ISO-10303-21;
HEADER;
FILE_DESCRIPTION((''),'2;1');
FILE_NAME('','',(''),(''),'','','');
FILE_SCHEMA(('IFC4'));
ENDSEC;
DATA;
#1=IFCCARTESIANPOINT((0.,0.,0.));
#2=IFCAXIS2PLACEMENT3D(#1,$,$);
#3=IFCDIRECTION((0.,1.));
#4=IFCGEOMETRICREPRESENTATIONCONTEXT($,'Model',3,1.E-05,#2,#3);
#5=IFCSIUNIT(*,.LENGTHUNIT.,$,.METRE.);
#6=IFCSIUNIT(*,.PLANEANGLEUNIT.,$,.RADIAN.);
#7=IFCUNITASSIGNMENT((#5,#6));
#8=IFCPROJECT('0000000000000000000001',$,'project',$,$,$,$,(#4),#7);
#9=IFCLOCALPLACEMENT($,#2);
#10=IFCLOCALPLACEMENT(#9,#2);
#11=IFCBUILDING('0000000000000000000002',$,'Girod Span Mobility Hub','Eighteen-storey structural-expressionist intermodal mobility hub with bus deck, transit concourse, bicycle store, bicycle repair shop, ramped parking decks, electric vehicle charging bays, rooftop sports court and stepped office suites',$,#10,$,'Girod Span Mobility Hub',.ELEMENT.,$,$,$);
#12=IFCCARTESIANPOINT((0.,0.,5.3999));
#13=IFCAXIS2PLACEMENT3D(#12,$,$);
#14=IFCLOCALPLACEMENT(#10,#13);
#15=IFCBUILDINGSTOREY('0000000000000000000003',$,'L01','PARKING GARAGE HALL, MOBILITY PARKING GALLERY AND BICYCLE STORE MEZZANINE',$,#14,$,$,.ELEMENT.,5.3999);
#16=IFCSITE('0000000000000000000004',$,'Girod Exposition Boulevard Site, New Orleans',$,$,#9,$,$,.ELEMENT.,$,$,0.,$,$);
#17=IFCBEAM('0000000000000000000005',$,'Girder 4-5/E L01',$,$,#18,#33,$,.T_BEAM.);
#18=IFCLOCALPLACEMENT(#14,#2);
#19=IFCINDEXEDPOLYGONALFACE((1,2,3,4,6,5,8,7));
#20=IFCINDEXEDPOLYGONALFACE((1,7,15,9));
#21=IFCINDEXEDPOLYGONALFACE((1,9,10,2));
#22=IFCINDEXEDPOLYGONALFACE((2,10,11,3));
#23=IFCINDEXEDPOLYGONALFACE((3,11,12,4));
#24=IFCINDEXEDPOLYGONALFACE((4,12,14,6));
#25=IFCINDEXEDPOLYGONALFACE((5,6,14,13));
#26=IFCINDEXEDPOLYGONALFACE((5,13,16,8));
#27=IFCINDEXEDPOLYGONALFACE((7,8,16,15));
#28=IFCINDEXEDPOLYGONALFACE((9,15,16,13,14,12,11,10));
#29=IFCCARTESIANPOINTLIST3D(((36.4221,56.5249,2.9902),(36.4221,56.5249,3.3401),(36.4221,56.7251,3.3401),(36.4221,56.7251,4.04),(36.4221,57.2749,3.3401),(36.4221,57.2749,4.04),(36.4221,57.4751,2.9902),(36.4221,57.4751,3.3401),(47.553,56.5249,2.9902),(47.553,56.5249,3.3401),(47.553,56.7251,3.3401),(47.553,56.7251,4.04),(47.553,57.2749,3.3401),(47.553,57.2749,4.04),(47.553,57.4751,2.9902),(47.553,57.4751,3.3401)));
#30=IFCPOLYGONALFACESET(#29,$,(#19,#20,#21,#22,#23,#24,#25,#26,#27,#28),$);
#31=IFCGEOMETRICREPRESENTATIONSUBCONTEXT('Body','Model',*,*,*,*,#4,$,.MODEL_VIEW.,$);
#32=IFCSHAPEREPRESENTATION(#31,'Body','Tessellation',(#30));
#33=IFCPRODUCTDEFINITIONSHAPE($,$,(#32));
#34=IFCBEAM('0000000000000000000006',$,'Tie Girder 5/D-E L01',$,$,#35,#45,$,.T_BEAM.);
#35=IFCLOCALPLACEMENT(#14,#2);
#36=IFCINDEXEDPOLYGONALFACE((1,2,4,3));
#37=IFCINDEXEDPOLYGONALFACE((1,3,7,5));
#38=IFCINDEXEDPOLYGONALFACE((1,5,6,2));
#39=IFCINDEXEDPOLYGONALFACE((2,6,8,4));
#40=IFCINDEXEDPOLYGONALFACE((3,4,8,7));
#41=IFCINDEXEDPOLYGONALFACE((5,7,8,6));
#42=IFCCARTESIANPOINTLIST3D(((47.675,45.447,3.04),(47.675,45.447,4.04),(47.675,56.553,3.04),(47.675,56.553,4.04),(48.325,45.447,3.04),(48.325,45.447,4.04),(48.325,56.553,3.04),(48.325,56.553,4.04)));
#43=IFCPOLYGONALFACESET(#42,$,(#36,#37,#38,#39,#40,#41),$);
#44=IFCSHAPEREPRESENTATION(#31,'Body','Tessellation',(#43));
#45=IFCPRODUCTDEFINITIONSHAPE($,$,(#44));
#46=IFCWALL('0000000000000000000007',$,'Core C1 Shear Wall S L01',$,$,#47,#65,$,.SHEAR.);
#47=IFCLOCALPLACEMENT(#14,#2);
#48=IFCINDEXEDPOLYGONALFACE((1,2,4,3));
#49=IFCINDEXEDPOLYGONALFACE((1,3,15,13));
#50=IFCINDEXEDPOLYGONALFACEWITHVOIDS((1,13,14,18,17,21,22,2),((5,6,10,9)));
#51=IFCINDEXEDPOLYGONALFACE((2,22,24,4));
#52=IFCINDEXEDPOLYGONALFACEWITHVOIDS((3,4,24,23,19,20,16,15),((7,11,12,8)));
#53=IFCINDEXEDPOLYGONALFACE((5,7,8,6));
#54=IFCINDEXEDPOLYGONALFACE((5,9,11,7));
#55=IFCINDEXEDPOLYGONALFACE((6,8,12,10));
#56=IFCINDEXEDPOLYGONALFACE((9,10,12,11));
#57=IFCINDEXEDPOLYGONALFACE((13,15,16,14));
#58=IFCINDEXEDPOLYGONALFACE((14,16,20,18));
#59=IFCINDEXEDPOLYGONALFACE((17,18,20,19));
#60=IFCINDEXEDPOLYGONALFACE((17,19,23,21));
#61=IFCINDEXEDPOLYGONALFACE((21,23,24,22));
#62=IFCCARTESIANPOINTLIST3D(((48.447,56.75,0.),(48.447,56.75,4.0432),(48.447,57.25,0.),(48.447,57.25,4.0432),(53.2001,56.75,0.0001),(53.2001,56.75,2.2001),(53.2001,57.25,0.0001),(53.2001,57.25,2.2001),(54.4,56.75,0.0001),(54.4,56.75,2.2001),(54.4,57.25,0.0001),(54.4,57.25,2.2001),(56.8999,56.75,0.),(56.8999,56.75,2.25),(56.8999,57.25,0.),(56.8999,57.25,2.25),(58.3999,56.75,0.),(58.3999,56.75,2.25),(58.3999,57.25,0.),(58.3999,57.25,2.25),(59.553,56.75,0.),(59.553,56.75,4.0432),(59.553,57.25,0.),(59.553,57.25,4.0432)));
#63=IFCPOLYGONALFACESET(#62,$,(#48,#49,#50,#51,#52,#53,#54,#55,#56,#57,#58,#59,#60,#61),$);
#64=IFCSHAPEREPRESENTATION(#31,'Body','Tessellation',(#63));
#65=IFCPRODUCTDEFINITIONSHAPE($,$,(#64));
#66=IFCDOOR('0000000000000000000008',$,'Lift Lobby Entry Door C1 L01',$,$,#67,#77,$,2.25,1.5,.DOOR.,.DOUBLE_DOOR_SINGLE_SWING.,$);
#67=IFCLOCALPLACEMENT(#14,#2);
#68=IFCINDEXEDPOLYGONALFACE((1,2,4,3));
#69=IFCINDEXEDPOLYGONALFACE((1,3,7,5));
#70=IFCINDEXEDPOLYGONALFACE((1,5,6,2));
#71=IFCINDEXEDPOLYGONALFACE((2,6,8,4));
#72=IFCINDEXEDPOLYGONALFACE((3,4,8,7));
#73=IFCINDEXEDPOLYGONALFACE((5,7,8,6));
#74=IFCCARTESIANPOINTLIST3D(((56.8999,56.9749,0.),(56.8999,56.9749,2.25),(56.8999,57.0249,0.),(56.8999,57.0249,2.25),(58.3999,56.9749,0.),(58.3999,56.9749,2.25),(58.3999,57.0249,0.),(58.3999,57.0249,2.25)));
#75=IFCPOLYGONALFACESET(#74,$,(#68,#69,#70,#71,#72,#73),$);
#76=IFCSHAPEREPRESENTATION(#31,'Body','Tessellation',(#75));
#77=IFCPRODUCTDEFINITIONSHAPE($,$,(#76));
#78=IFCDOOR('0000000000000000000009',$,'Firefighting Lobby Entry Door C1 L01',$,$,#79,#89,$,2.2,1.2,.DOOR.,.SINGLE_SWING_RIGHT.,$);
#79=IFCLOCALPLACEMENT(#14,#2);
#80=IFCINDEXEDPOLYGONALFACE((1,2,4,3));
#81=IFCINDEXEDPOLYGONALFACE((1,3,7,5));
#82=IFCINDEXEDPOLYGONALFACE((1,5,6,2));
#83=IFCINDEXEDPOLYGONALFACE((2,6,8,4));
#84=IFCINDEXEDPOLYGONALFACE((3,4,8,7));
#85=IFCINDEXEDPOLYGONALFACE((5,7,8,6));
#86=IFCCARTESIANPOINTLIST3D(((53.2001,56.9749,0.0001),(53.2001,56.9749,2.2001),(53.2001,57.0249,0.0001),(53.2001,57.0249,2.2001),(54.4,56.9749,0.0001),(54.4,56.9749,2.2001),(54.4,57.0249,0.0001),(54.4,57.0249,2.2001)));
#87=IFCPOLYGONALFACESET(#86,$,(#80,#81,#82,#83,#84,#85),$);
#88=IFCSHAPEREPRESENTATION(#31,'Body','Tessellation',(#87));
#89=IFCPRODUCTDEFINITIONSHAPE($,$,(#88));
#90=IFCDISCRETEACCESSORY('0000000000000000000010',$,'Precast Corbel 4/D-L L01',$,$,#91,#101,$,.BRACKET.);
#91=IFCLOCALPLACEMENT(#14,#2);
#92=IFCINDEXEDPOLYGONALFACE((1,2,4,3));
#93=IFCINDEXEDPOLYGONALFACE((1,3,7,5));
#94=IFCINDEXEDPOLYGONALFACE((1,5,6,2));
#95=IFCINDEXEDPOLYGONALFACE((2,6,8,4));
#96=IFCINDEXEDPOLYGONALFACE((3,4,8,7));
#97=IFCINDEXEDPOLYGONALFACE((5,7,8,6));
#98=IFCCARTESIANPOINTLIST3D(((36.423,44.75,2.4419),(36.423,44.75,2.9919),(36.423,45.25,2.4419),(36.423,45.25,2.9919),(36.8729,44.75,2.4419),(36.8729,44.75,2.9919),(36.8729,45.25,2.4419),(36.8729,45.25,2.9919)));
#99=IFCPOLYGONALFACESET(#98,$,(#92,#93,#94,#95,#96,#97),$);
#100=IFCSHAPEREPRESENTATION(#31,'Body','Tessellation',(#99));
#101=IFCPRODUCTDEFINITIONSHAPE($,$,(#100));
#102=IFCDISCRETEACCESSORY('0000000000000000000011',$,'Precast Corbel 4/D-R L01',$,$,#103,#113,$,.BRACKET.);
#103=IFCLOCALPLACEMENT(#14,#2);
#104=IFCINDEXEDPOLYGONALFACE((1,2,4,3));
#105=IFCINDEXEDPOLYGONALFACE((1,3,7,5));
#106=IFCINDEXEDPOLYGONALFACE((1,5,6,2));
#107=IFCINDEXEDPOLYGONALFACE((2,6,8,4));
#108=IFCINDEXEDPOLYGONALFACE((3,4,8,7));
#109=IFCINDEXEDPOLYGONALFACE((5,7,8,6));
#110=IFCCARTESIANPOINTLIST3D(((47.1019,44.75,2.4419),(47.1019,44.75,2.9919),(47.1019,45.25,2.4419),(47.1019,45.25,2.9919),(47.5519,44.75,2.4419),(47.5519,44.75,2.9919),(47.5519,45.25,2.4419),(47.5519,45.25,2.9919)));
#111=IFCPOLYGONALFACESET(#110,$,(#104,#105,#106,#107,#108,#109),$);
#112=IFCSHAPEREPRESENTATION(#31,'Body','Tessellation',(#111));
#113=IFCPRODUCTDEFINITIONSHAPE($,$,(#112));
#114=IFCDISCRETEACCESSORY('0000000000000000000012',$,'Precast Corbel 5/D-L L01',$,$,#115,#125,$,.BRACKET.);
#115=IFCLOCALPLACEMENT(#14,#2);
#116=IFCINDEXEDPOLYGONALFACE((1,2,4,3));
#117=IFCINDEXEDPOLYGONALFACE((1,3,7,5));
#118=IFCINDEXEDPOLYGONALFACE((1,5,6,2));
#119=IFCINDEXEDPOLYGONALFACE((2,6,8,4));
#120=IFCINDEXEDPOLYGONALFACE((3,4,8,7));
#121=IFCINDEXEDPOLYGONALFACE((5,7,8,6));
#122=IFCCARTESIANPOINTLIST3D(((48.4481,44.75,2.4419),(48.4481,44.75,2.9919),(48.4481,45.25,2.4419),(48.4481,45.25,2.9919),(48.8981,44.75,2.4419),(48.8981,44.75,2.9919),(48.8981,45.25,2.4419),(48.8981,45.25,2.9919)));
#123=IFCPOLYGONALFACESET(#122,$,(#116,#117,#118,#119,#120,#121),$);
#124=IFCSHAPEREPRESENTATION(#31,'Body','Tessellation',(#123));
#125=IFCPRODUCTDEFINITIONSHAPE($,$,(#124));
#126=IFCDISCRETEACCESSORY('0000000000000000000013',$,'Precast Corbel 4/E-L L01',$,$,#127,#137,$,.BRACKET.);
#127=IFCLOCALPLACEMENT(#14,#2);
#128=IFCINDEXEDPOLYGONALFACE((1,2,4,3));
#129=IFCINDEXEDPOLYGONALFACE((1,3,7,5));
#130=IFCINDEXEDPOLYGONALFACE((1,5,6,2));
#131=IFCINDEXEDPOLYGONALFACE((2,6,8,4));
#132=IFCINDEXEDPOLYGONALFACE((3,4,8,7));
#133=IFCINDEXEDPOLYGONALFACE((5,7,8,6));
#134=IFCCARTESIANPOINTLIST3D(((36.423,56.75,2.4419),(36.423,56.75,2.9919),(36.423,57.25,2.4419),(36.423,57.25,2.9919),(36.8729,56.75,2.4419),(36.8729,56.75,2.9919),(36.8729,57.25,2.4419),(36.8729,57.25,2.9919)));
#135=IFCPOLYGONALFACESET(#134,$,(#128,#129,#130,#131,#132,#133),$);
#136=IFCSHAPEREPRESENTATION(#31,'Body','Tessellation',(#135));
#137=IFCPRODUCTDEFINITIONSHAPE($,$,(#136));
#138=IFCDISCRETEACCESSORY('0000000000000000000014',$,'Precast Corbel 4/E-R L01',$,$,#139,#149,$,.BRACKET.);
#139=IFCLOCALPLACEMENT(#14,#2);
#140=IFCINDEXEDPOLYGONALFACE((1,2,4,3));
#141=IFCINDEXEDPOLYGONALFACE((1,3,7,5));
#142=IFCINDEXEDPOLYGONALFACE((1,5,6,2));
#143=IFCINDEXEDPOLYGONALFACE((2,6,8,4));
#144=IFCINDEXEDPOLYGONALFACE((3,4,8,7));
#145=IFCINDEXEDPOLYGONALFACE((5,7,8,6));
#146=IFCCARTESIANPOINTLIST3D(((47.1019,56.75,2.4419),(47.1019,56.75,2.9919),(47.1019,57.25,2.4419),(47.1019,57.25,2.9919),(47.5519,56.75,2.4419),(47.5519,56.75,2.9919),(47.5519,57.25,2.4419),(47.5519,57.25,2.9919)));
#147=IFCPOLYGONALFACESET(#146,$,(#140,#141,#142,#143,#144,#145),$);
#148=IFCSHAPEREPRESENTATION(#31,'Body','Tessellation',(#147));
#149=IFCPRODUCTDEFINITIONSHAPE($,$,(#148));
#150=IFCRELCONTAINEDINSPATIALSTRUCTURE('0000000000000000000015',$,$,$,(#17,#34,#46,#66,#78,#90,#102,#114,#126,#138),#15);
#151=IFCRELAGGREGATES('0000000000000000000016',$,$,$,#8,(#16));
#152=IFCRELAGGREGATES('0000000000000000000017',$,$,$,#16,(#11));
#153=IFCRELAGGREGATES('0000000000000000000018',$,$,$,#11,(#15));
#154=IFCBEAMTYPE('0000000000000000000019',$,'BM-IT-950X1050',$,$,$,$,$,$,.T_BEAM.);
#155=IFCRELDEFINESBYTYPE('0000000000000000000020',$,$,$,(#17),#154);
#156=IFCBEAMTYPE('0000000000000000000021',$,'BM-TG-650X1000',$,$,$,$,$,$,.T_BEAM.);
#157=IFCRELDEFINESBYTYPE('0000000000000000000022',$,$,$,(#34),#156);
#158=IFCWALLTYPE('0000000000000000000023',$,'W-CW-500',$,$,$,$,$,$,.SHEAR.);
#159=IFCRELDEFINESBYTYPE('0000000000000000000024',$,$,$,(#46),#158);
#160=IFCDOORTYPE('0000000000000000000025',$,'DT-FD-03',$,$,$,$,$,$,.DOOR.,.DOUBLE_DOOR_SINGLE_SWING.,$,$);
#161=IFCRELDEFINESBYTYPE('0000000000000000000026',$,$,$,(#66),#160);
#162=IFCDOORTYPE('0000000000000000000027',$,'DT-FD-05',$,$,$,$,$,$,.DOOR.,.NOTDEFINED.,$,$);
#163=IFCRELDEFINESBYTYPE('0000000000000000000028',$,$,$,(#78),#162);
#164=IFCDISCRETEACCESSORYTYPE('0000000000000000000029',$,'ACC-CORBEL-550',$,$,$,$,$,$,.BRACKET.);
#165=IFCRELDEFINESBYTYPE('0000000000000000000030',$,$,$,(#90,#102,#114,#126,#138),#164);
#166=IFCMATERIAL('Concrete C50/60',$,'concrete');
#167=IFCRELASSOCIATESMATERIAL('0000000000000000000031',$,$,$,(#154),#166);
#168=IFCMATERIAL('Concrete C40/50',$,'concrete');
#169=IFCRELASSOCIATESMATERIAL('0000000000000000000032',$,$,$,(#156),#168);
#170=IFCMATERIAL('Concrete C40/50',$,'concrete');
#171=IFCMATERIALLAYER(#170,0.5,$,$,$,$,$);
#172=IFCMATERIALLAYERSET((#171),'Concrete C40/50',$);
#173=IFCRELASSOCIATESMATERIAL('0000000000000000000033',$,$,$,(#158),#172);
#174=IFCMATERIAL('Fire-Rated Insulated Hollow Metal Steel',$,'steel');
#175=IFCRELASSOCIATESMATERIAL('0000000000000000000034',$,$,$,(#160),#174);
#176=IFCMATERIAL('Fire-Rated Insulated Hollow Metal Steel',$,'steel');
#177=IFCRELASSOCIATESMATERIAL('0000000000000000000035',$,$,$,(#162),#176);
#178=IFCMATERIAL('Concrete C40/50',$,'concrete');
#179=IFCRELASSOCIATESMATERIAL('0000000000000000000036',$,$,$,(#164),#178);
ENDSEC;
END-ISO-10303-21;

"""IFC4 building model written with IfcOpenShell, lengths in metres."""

from ifc_helpers import new_model, si_unit, direction, frame, frame_2d, origin, origin_2d, place, context, subcontext, project, spatial, polyline, rectangle, outline, extrude, material, layer, layer_set, material_profile, profile_set, type_object, element, fill, save


model = new_model("IFC4")

# Units and contexts
model_context = context("Model", 3, precision=1e-05, world=origin(), true_north=direction((0.0, 1.0)))
body_context = subcontext(model_context, "Body", "Model", "MODEL_VIEW")
ifc_project = project(units=[si_unit("LENGTHUNIT", "METRE"), si_unit("PLANEANGLEUNIT", "RADIAN")], contexts=[model_context])

# Site, building, storey
site_placement = place(None, origin())
site = spatial("IfcSite", under=ifc_project, at=site_placement, Name="Girod Exposition Boulevard Site, New Orleans", CompositionType="ELEMENT", RefElevation=0.0)
building_placement = place(site_placement, origin())
building = spatial("IfcBuilding", under=site, at=building_placement, Name="Girod Span Mobility Hub", Description="Eighteen-storey structural-expressionist intermodal mobility hub with bus deck, transit concourse, bicycle store, bicycle repair shop, ramped parking decks, electric vehicle charging bays, rooftop sports court and stepped office suites", LongName="Girod Span Mobility Hub", CompositionType="ELEMENT")
storey_placement = place(building_placement, frame((0.0, 0.0, 5.3999)))
storey = spatial("IfcBuildingStorey", under=building, at=storey_placement, Name="L01", Description="PARKING GARAGE HALL, MOBILITY PARKING GALLERY AND BICYCLE STORE MEZZANINE", CompositionType="ELEMENT", Elevation=5.3999)

# Beams
ifc_material_1 = material(Name="Concrete C50/60", Category="concrete")
ifc_material_profile_1 = material_profile(ifc_material_1, outline(polyline([(-0.4751, -0.5249), (0.4751, -0.5249), (0.4751, -0.175), (0.2749, -0.175), (0.2749, 0.5249), (-0.2749, 0.5249), (-0.2749, -0.175), (-0.4751, -0.175), (-0.4751, -0.5249)])), Name="IT-950X1050")
ifc_profile_set_1 = profile_set([ifc_material_profile_1], Name="Concrete C50/60")
beam_type_1 = type_object("IfcBeamType", Name="BM-IT-950X1050", PredefinedType="T_BEAM", material=ifc_profile_set_1)
beam_1_placement = place(storey_placement, frame((36.4221, 57.0, 3.5151), z_axis=(1.0, 0.0, 0.0), x_axis=(0.0, 1.0, 0.0)))
element("IfcBeam", 1, at=beam_1_placement, inside=storey, type_object=beam_type_1, Name="Girder 4-5/E L01", PredefinedType="T_BEAM", context=body_context, shape_type="SweptSolid", body=[
    extrude(outline(polyline([(-0.4751, -0.5249), (0.4751, -0.5249), (0.4751, -0.175), (0.2749, -0.175), (0.2749, 0.5249), (-0.2749, 0.5249), (-0.2749, -0.175), (-0.4751, -0.175), (-0.4751, -0.5249)])), origin(), (0.0, 0.0, 1.0), 11.1309),
])
ifc_material_2 = material(Name="Concrete C40/50", Category="concrete")
ifc_material_profile_2 = material_profile(ifc_material_2, rectangle(XDim=0.6499, YDim=1.0, at=origin_2d()), Name="TG-650X1000")
ifc_profile_set_2 = profile_set([ifc_material_profile_2], Name="Concrete C40/50")
beam_type_2 = type_object("IfcBeamType", Name="BM-TG-650X1000", PredefinedType="T_BEAM", material=ifc_profile_set_2)
beam_2_placement = place(storey_placement, frame((48.0, 45.447, 3.54), z_axis=(0.0, 1.0, 0.0), x_axis=(-1.0, 0.0, 0.0)))
element("IfcBeam", 2, at=beam_2_placement, inside=storey, type_object=beam_type_2, Name="Tie Girder 5/D-E L01", PredefinedType="T_BEAM", context=body_context, shape_type="SweptSolid", body=[
    extrude(rectangle(XDim=0.6499, YDim=1.0, at=origin_2d()), origin(), (0.0, 0.0, 1.0), 11.106),
])

# Wall, openings, doors
ifc_material_3 = material(Name="Concrete C40/50", Category="concrete")
ifc_layer = layer(ifc_material_3, 0.5)
ifc_layer_set = layer_set([ifc_layer], Name="Concrete C40/50")
wall_type = type_object("IfcWallType", Name="W-CW-500", PredefinedType="SHEAR", material=ifc_layer_set)
wall_placement = place(storey_placement, frame((48.447, 57.0, 0.0), z_axis=(0.0, 0.0, 1.0), x_axis=(1.0, 0.0, 0.0)))
wall = element("IfcWall", 3, at=wall_placement, inside=storey, type_object=wall_type, Name="Core C1 Shear Wall S L01", PredefinedType="SHEAR", context=body_context, shape_type="SweptSolid", body=[
    extrude(rectangle(XDim=11.106, YDim=0.5, at=frame_2d((5.553, 0.0))), origin(), (0.0, 0.0, 1.0), 4.0432),
])
opening_1_placement = place(wall_placement, frame((4.7529, 0.0, 0.0)))
opening_1 = element("IfcOpeningElement", 4, at=opening_1_placement, cuts=wall, PredefinedType="OPENING", context=body_context, shape_type="SweptSolid", body=[
    extrude(rectangle(XDim=1.2, YDim=2.2, at=frame_2d((0.6001, 1.1001))), frame((0.0, 0.2649, 0.0), z_axis=(0.0, -1.0, 0.0), x_axis=(1.0, 0.0, 0.0)), (0.0, 0.0, 1.0), 0.53),
])
opening_2_placement = place(wall_placement, frame((8.4529, 0.0, 0.0)))
opening_2 = element("IfcOpeningElement", 5, at=opening_2_placement, cuts=wall, PredefinedType="OPENING", context=body_context, shape_type="SweptSolid", body=[
    extrude(rectangle(XDim=1.5, YDim=2.25, at=frame_2d((0.75, 1.125))), frame((0.0, 0.2649, 0.0), z_axis=(0.0, -1.0, 0.0), x_axis=(1.0, 0.0, 0.0)), (0.0, 0.0, 1.0), 0.53),
])
ifc_material_4 = material(Name="Fire-Rated Insulated Hollow Metal Steel", Category="steel")
door_type_1 = type_object("IfcDoorType", Name="DT-FD-03", OperationType="DOUBLE_DOOR_SINGLE_SWING", PredefinedType="DOOR", material=ifc_material_4)
door_1_placement = place(opening_2_placement, origin())
door_1 = element("IfcDoor", 6, at=door_1_placement, inside=storey, type_object=door_type_1, Name="Lift Lobby Entry Door C1 L01", OperationType="DOUBLE_DOOR_SINGLE_SWING", OverallHeight=2.25, OverallWidth=1.5, PredefinedType="DOOR", context=body_context, shape_type="SweptSolid", body=[
    extrude(rectangle(XDim=1.5, YDim=2.25, at=frame_2d((0.75, 1.125))), frame((0.0, 0.0249, 0.0), z_axis=(0.0, -1.0, 0.0), x_axis=(1.0, 0.0, 0.0)), (0.0, 0.0, 1.0), 0.05),
])
fill(opening_2, door_1)
ifc_material_5 = material(Name="Fire-Rated Insulated Hollow Metal Steel", Category="steel")
door_type_2 = type_object("IfcDoorType", Name="DT-FD-05", OperationType="NOTDEFINED", PredefinedType="DOOR", material=ifc_material_5)
door_2_placement = place(opening_1_placement, origin())
door_2 = element("IfcDoor", 7, at=door_2_placement, inside=storey, type_object=door_type_2, Name="Firefighting Lobby Entry Door C1 L01", OperationType="SINGLE_SWING_RIGHT", OverallHeight=2.2, OverallWidth=1.2, PredefinedType="DOOR", context=body_context, shape_type="SweptSolid", body=[
    extrude(rectangle(XDim=1.2, YDim=2.2, at=frame_2d((0.6001, 1.1001))), frame((0.0, 0.0249, 0.0), z_axis=(0.0, -1.0, 0.0), x_axis=(1.0, 0.0, 0.0)), (0.0, 0.0, 1.0), 0.05),
])
fill(opening_1, door_2)

# Discrete accessories
ifc_material_6 = material(Name="Concrete C40/50", Category="concrete")
discrete_accessory_type = type_object("IfcDiscreteAccessoryType", Name="ACC-CORBEL-550", PredefinedType="BRACKET", material=ifc_material_6)
for number, where, z_axis, x_axis, name in (
    (8, (36.6479, 45.0, 2.4419), (0.0, 0.0, 1.0), (1.0, 0.0, 0.0), "Precast Corbel 4/D-L L01"),
    (9, (47.3269, 45.0, 2.4419), (0.0, 0.0, 1.0), (1.0, 0.0, 0.0), "Precast Corbel 4/D-R L01"),
    (10, (48.6731, 45.0, 2.4419), (0.0, 0.0, 1.0), (1.0, 0.0, 0.0), "Precast Corbel 5/D-L L01"),
    (11, (36.6479, 57.0, 2.4419), (0.0, 0.0, 1.0), (1.0, 0.0, 0.0), "Precast Corbel 4/E-L L01"),
    (12, (47.3269, 57.0, 2.4419), (0.0, 0.0, 1.0), (1.0, 0.0, 0.0), "Precast Corbel 4/E-R L01"),
):
    element("IfcDiscreteAccessory", number, at=place(storey_placement, frame(where, z_axis=z_axis, x_axis=x_axis)), inside=storey, type_object=discrete_accessory_type, Name=name, PredefinedType="BRACKET", context=body_context, shape_type="SweptSolid", body=[
        extrude(rectangle(XDim=0.45, YDim=0.5, at=origin_2d()), origin(), (0.0, 0.0, 1.0), 0.55),
    ])

save(model, "model.ifc")
